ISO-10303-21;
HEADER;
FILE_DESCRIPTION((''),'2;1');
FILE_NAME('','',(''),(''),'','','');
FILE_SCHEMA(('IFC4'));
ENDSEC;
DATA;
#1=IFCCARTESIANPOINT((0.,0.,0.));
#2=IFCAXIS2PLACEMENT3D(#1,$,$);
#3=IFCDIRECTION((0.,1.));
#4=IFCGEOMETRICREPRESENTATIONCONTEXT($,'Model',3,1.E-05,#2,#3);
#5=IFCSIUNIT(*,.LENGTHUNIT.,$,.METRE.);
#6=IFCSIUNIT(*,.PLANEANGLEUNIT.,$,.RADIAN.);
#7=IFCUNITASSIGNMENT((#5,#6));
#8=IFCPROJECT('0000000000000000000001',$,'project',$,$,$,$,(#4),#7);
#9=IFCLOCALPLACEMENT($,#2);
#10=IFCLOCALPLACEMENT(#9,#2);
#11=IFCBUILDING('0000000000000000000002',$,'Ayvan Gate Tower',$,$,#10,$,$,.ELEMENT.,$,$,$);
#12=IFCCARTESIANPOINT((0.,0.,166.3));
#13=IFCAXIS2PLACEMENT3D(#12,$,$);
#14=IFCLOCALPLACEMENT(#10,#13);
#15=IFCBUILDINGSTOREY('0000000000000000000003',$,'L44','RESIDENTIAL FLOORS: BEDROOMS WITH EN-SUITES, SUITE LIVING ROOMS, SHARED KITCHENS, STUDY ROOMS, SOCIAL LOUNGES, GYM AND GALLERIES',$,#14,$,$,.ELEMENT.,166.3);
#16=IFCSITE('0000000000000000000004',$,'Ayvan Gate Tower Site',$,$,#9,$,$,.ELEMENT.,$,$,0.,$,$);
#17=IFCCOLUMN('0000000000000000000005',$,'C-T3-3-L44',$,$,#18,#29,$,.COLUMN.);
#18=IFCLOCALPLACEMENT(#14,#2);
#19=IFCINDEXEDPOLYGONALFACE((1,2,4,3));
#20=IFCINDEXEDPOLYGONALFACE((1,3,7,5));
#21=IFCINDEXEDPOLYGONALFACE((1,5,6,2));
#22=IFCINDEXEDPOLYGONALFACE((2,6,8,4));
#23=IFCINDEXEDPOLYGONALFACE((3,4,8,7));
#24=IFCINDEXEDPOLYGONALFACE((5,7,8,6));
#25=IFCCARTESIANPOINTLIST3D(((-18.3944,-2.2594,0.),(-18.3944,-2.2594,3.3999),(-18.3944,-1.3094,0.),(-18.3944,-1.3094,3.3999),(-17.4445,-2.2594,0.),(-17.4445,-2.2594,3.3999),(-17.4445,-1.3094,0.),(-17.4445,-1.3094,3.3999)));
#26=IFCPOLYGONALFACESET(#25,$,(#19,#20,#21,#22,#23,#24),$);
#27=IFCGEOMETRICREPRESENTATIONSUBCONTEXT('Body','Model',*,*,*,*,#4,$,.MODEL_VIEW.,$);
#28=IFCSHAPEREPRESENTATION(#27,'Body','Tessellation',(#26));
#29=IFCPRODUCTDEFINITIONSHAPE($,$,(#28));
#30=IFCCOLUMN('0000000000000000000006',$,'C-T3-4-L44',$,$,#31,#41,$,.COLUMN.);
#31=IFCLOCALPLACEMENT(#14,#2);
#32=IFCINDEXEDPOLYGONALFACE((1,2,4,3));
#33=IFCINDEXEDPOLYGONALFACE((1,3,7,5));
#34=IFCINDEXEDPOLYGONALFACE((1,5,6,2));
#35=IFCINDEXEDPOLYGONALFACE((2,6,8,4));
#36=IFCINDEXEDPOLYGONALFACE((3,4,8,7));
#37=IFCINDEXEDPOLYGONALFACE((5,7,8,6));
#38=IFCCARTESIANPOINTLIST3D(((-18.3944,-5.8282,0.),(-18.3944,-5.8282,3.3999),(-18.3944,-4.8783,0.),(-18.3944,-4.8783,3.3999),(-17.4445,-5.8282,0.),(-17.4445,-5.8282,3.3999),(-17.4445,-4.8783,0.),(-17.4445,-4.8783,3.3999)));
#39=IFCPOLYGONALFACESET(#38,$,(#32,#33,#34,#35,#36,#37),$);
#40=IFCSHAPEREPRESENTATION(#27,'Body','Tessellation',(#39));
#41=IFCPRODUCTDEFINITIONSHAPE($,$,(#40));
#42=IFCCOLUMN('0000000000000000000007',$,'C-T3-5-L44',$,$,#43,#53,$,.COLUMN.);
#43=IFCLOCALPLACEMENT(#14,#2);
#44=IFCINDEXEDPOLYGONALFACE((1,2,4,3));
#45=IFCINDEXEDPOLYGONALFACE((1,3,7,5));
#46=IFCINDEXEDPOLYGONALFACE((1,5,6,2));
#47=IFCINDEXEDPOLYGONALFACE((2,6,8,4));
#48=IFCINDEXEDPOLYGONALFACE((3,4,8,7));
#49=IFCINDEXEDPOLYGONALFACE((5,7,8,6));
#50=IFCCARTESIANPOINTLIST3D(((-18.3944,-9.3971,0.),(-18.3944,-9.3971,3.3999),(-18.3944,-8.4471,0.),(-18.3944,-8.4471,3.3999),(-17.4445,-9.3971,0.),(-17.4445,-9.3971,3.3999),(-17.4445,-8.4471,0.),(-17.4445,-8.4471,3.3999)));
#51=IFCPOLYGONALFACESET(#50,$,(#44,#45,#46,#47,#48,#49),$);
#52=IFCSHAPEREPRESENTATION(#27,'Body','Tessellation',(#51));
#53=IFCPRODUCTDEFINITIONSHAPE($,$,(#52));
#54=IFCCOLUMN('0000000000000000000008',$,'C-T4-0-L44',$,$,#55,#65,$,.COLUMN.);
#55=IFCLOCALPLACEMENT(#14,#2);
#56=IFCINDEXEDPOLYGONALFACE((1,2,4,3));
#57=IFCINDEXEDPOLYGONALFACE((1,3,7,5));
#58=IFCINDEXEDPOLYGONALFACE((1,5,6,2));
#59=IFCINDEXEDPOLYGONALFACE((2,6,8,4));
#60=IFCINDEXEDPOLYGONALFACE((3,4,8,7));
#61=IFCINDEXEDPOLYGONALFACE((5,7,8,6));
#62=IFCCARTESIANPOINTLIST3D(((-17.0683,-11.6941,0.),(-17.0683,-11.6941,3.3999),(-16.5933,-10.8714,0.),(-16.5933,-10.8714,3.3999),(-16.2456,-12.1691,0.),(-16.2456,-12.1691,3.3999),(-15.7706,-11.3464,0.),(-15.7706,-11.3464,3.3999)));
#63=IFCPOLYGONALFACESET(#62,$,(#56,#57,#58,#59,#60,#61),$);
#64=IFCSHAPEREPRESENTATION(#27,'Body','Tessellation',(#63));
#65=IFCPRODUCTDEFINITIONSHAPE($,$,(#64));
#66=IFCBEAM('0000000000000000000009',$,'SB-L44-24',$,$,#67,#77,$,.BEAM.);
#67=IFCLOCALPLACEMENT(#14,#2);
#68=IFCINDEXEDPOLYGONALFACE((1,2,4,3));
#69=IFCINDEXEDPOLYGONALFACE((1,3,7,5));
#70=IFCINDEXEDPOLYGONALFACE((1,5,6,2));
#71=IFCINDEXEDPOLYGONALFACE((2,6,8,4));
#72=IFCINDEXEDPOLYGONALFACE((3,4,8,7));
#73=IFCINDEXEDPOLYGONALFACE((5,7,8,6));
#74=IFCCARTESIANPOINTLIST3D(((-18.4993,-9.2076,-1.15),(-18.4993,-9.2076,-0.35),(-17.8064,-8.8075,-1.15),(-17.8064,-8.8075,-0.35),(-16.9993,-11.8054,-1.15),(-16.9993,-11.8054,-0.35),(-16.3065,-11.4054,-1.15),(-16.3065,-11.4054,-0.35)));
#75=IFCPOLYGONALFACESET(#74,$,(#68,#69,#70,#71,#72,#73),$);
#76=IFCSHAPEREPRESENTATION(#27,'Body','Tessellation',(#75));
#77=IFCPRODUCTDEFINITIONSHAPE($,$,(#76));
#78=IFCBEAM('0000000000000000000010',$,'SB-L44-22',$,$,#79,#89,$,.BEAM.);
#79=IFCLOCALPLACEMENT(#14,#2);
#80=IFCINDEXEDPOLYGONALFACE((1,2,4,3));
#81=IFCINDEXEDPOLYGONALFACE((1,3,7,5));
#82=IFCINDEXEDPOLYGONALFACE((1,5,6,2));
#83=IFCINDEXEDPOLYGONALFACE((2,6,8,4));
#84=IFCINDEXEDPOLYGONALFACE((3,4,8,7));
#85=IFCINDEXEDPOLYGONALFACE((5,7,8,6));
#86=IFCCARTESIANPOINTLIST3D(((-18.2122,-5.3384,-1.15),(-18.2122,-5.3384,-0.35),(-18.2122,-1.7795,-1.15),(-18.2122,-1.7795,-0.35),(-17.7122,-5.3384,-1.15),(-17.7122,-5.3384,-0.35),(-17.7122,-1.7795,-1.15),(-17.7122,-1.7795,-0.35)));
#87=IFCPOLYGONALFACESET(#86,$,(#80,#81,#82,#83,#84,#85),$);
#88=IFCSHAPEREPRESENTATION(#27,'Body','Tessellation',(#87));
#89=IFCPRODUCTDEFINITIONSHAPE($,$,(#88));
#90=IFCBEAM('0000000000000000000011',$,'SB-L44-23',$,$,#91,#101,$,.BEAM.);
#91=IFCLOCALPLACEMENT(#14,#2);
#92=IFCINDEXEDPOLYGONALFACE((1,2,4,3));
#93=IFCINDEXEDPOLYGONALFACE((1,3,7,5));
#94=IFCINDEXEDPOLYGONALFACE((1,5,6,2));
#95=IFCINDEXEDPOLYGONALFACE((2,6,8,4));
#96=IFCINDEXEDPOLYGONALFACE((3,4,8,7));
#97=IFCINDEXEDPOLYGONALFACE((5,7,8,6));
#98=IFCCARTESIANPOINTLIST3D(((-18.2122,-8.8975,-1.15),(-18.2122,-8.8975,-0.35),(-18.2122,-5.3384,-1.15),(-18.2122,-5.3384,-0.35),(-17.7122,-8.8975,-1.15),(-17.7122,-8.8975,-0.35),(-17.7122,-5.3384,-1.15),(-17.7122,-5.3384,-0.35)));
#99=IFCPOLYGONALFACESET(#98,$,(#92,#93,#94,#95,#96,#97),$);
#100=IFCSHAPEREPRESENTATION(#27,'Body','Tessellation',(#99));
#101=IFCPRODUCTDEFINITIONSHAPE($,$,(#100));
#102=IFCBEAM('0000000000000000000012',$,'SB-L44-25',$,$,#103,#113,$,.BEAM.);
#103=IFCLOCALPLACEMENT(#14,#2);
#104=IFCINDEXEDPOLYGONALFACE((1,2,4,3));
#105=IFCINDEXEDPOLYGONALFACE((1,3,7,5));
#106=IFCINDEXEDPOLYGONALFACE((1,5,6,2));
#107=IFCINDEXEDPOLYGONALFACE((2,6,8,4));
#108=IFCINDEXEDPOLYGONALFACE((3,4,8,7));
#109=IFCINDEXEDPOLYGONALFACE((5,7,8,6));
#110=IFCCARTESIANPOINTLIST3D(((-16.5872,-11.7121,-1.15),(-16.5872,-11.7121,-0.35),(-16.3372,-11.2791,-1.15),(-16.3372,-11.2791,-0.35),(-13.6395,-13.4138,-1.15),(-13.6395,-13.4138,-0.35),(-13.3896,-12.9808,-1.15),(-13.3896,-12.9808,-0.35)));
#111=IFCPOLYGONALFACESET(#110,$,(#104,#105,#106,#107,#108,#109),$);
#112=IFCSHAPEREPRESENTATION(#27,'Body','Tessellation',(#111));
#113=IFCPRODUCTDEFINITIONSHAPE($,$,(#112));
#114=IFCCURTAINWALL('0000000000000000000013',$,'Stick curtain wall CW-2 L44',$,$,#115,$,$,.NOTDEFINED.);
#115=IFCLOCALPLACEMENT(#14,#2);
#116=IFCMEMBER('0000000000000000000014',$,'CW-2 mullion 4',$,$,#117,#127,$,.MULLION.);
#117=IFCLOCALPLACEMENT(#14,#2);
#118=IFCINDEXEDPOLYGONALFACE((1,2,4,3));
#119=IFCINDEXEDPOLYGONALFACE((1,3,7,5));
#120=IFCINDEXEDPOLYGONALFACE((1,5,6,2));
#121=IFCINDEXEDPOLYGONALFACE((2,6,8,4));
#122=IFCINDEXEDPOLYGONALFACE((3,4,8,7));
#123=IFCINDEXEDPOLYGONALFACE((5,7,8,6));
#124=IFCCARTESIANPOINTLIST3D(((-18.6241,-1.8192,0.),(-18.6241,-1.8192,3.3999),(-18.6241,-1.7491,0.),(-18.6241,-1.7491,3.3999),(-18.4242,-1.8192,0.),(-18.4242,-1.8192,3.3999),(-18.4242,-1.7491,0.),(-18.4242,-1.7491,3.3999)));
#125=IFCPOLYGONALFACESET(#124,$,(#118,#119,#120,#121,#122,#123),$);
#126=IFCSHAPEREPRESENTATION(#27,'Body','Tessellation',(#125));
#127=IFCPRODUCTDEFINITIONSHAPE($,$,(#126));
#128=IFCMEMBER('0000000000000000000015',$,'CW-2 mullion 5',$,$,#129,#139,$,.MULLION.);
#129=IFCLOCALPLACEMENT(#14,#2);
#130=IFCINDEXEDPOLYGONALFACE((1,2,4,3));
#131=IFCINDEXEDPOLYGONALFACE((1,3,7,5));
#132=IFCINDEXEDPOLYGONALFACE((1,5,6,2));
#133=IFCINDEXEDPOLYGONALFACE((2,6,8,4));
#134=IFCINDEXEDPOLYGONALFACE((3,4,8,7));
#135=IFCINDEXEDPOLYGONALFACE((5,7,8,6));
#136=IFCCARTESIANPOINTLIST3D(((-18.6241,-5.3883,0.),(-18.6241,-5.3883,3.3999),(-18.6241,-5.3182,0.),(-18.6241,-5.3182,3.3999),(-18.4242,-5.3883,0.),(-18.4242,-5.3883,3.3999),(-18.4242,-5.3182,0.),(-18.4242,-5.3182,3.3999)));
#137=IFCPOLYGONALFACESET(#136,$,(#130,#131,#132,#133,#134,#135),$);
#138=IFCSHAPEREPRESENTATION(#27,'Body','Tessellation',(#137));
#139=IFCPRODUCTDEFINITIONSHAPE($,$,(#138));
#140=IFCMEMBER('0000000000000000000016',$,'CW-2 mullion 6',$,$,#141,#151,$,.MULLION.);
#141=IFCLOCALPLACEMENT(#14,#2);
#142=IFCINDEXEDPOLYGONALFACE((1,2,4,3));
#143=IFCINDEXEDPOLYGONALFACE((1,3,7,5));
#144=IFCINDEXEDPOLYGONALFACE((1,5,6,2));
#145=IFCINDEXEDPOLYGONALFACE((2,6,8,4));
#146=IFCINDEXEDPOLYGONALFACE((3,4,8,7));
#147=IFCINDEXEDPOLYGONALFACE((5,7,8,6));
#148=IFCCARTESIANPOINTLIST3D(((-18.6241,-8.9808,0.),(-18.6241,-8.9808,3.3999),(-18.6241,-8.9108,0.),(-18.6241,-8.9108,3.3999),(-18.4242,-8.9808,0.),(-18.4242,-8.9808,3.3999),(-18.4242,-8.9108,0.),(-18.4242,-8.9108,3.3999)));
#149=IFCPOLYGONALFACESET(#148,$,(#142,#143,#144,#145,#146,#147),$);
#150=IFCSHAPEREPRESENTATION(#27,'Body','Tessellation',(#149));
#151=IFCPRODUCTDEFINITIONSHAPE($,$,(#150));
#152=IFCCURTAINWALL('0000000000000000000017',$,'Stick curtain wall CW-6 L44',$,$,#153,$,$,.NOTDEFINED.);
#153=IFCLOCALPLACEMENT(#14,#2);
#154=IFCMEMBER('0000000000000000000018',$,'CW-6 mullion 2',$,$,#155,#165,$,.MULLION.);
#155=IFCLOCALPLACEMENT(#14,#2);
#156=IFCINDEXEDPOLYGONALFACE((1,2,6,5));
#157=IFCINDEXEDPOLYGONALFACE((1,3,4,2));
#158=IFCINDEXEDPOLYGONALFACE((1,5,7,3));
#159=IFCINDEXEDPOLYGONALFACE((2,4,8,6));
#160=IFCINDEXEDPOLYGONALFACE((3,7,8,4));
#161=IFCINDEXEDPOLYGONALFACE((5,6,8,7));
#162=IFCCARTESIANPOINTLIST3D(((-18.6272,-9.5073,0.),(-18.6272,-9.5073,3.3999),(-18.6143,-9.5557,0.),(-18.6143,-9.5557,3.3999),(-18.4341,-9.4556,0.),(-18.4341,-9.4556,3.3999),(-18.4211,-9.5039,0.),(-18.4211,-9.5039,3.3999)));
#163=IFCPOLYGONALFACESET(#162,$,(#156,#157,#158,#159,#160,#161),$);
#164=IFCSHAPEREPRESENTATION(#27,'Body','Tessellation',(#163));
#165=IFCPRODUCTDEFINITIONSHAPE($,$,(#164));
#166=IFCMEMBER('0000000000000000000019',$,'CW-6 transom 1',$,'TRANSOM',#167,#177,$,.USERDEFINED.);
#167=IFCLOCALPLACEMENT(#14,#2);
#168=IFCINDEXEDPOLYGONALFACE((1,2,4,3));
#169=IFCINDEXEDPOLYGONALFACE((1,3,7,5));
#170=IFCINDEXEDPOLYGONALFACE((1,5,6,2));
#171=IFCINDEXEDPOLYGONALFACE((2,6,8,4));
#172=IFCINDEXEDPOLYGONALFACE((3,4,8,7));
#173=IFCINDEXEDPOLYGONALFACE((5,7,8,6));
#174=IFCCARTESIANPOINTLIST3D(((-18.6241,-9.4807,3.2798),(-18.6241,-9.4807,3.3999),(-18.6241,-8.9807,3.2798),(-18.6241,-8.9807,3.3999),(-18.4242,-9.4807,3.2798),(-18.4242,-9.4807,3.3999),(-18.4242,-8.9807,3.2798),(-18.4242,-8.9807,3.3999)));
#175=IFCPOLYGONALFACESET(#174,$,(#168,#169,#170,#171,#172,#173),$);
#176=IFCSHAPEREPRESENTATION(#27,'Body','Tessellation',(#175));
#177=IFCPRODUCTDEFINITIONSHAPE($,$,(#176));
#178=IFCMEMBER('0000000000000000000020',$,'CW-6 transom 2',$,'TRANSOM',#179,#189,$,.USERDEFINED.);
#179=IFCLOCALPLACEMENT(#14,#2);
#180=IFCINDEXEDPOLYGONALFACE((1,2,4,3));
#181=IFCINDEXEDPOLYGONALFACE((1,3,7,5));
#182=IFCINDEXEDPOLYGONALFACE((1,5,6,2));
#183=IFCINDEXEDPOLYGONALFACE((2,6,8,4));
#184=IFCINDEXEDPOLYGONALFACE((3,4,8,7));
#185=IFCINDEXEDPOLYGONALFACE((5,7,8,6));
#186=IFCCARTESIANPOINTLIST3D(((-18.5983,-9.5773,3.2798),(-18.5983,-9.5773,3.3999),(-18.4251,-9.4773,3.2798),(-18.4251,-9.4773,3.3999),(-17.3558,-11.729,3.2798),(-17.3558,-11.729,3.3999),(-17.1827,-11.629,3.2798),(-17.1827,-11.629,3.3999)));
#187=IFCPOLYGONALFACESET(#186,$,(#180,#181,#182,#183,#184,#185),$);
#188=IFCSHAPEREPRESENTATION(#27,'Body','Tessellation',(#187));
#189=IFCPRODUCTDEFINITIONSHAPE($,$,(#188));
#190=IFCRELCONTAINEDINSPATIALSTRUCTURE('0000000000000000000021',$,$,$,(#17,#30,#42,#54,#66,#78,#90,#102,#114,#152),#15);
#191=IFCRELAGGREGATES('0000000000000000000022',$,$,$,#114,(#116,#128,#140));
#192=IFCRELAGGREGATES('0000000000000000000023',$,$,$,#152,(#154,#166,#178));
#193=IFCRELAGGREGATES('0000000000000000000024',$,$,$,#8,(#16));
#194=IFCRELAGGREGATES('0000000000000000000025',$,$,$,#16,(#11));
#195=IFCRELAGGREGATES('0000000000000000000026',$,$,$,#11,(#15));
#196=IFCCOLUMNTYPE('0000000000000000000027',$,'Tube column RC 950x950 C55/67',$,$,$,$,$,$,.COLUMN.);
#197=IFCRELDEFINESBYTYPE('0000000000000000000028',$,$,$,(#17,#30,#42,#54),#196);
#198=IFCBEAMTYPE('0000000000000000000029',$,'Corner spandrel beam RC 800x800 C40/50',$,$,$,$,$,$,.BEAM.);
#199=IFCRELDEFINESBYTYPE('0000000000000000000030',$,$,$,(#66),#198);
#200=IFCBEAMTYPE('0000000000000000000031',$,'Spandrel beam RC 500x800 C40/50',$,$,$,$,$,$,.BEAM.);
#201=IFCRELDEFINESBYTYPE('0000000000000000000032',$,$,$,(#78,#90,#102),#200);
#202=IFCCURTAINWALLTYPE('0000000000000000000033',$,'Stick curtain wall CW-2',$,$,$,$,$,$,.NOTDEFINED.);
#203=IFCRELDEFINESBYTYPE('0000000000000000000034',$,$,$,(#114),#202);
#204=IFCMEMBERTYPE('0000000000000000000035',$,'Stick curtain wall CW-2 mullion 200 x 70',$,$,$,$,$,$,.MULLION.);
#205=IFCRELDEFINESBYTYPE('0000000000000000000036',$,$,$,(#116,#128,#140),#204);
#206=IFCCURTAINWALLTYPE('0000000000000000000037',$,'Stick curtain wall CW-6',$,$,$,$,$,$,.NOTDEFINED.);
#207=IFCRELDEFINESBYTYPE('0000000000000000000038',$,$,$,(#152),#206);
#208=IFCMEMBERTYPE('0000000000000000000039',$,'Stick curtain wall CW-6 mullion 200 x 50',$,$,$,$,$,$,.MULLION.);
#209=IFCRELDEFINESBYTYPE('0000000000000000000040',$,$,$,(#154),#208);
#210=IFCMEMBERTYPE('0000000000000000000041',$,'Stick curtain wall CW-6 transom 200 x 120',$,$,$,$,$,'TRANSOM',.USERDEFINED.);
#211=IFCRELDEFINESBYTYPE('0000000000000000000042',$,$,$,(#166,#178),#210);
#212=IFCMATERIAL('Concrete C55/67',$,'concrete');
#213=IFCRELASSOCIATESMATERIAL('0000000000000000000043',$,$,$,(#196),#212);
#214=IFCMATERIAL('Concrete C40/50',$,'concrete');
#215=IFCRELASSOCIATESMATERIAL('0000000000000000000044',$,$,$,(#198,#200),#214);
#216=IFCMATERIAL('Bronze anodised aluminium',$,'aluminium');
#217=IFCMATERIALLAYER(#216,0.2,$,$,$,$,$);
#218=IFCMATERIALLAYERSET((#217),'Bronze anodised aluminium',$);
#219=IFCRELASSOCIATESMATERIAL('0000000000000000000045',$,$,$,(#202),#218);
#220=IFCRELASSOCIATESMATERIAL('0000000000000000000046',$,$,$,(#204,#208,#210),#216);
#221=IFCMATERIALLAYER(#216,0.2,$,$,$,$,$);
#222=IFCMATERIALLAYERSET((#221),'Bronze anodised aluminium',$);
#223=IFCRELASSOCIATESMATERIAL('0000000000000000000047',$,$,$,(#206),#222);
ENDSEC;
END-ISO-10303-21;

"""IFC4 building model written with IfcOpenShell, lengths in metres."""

from ifc_helpers import new_model, si_unit, direction, frame, origin, origin_2d, place, context, subcontext, project, spatial, rectangle, extrude, material, layer, layer_set, material_profile, profile_set, type_object, element, aggregate, save


model = new_model("IFC4")

# Units and contexts
model_context = context("Model", 3, precision=1e-05, world=origin(), true_north=direction((0.0, 1.0)))
body_context = subcontext(model_context, "Body", "Model", "MODEL_VIEW")
ifc_project = project(units=[si_unit("LENGTHUNIT", "METRE"), si_unit("PLANEANGLEUNIT", "RADIAN")], contexts=[model_context])

# Site, building, storey
site_placement = place(None, origin())
site = spatial("IfcSite", under=ifc_project, at=site_placement, Name="Ayvan Gate Tower Site", CompositionType="ELEMENT", RefElevation=0.0)
building_placement = place(site_placement, origin())
building = spatial("IfcBuilding", under=site, at=building_placement, Name="Ayvan Gate Tower", CompositionType="ELEMENT")
storey_placement = place(building_placement, frame((0.0, 0.0, 166.3)))
storey = spatial("IfcBuildingStorey", under=building, at=storey_placement, Name="L44", Description="RESIDENTIAL FLOORS: BEDROOMS WITH EN-SUITES, SUITE LIVING ROOMS, SHARED KITCHENS, STUDY ROOMS, SOCIAL LOUNGES, GYM AND GALLERIES", CompositionType="ELEMENT", Elevation=166.3)

# Columns
ifc_material_1 = material(Name="Concrete C55/67", Category="concrete")
ifc_material_profile_1 = material_profile(ifc_material_1, rectangle(XDim=0.95, YDim=0.95, at=origin_2d()), Name="RC 950x950")
ifc_profile_set_1 = profile_set([ifc_material_profile_1], Name="Concrete C55/67")
column_type = type_object("IfcColumnType", Name="Tube column RC 950x950 C55/67", PredefinedType="COLUMN", material=ifc_profile_set_1)
for number, where, z_axis, x_axis, name in (
    (1, (-17.9194, -1.7844, 0.0), (0.0, 0.0, 1.0), (-1.0, 0.0, 0.0), "C-T3-3-L44"),
    (2, (-17.9194, -5.3533, 0.0), (0.0, 0.0, 1.0), (-1.0, 0.0, 0.0), "C-T3-4-L44"),
    (3, (-17.9194, -8.9221, 0.0), (0.0, 0.0, 1.0), (-1.0, 0.0, 0.0), "C-T3-5-L44"),
    (4, (-16.4194, -11.5203, 0.0), (0.0, 0.0, 1.0), (-0.5, -0.866025, 0.0), "C-T4-0-L44"),
):
    element("IfcColumn", number, at=place(storey_placement, frame(where, z_axis=z_axis, x_axis=x_axis)), inside=storey, type_object=column_type, Name=name, PredefinedType="COLUMN", context=body_context, shape_type="SweptSolid", body=[
        extrude(rectangle(XDim=0.95, YDim=0.95, at=origin_2d()), origin(), (0.0, 0.0, 1.0), 3.3999),
    ])

# Beams
ifc_material_2 = material(Name="Concrete C40/50", Category="concrete")
ifc_material_profile_2 = material_profile(ifc_material_2, rectangle(XDim=0.8, YDim=0.8, at=origin_2d()), Name="RC 800x800")
ifc_profile_set_2 = profile_set([ifc_material_profile_2], Name="Concrete C40/50")
beam_type_1 = type_object("IfcBeamType", Name="Corner spandrel beam RC 800x800 C40/50", PredefinedType="BEAM", material=ifc_profile_set_2)
beam_1_placement = place(storey_placement, frame((-18.1528, -9.0076, -0.75), z_axis=(0.500025, -0.866011, 0.0), x_axis=(0.866011, 0.500025, 0.0)))
element("IfcBeam", 5, at=beam_1_placement, inside=storey, type_object=beam_type_1, Name="SB-L44-24", PredefinedType="BEAM", context=body_context, shape_type="SweptSolid", body=[
    extrude(rectangle(XDim=0.8, YDim=0.8, at=origin_2d()), origin(), (0.0, 0.0, 1.0), 2.9998),
])
ifc_material_profile_3 = material_profile(ifc_material_2, rectangle(XDim=0.5, YDim=0.8, at=origin_2d()), Name="RC 500x800")
ifc_profile_set_3 = profile_set([ifc_material_profile_3], Name="Concrete C40/50")
beam_type_2 = type_object("IfcBeamType", Name="Spandrel beam RC 500x800 C40/50", PredefinedType="BEAM", material=ifc_profile_set_3)
beam_2_placement = place(storey_placement, frame((-17.9622, -1.7795, -0.75), z_axis=(0.0, -1.0, 0.0), x_axis=(1.0, 0.0, 0.0)))
element("IfcBeam", 6, at=beam_2_placement, inside=storey, type_object=beam_type_2, Name="SB-L44-22", PredefinedType="BEAM", context=body_context, shape_type="SweptSolid", body=[
    extrude(rectangle(XDim=0.5, YDim=0.8, at=origin_2d()), origin(), (0.0, 0.0, 1.0), 3.5588),
])
beam_3_placement = place(storey_placement, frame((-17.9622, -5.3384, -0.75), z_axis=(0.0, -1.0, 0.0), x_axis=(1.0, 0.0, 0.0)))
element("IfcBeam", 7, at=beam_3_placement, inside=storey, type_object=beam_type_2, Name="SB-L44-23", PredefinedType="BEAM", context=body_context, shape_type="SweptSolid", body=[
    extrude(rectangle(XDim=0.5, YDim=0.8, at=origin_2d()), origin(), (0.0, 0.0, 1.0), 3.5591),
])
beam_4_placement = place(storey_placement, frame((-16.4622, -11.4956, -0.75), z_axis=(0.866036, -0.499981, 0.0), x_axis=(0.499981, 0.866036, 0.0)))
element("IfcBeam", 8, at=beam_4_placement, inside=storey, type_object=beam_type_2, Name="SB-L44-25", PredefinedType="BEAM", context=body_context, shape_type="SweptSolid", body=[
    extrude(rectangle(XDim=0.5, YDim=0.8, at=origin_2d()), origin(), (0.0, 0.0, 1.0), 3.4036),
])

# Curtain walls, members
ifc_material_3 = material(Name="Bronze anodised aluminium", Category="aluminium")
ifc_layer_1 = layer(ifc_material_3, 0.2)
ifc_layer_set_1 = layer_set([ifc_layer_1], Name="Bronze anodised aluminium")
curtain_wall_type_1 = type_object("IfcCurtainWallType", Name="Stick curtain wall CW-2", PredefinedType="NOTDEFINED", material=ifc_layer_set_1)
curtain_wall_1_placement = place(storey_placement, origin())
curtain_wall_1 = element("IfcCurtainWall", 9, at=curtain_wall_1_placement, inside=storey, type_object=curtain_wall_type_1, Name="Stick curtain wall CW-2 L44", PredefinedType="NOTDEFINED")
ifc_material_profile_4 = material_profile(ifc_material_3, rectangle(XDim=0.2, YDim=0.0701, at=origin_2d()), Name="Stick curtain wall CW-2 mullion 200 x 70")
ifc_profile_set_4 = profile_set([ifc_material_profile_4], Name="Bronze anodised aluminium")
member_type_1 = type_object("IfcMemberType", Name="Stick curtain wall CW-2 mullion 200 x 70", PredefinedType="MULLION", material=ifc_profile_set_4)
member_1_placement = place(storey_placement, frame((-18.5242, -1.7842, 0.0), z_axis=(0.0, 0.0, 1.0), x_axis=(-1.0, 0.0, 0.0)))
member_1 = element("IfcMember", 10, at=member_1_placement, type_object=member_type_1, Name="CW-2 mullion 4", PredefinedType="MULLION", context=body_context, shape_type="SweptSolid", body=[
    extrude(rectangle(XDim=0.2, YDim=0.0701, at=origin_2d()), origin(), (0.0, 0.0, 1.0), 3.3999),
])
member_2_placement = place(storey_placement, frame((-18.5242, -5.3533, 0.0), z_axis=(0.0, 0.0, 1.0), x_axis=(-1.0, 0.0, 0.0)))
member_2 = element("IfcMember", 11, at=member_2_placement, type_object=member_type_1, Name="CW-2 mullion 5", PredefinedType="MULLION", context=body_context, shape_type="SweptSolid", body=[
    extrude(rectangle(XDim=0.2, YDim=0.0701, at=origin_2d()), origin(), (0.0, 0.0, 1.0), 3.3999),
])
member_3_placement = place(storey_placement, frame((-18.5242, -8.9458, 0.0), z_axis=(0.0, 0.0, 1.0), x_axis=(-1.0, 0.0, 0.0)))
member_3 = element("IfcMember", 12, at=member_3_placement, type_object=member_type_1, Name="CW-2 mullion 6", PredefinedType="MULLION", context=body_context, shape_type="SweptSolid", body=[
    extrude(rectangle(XDim=0.2, YDim=0.0701, at=origin_2d()), origin(), (0.0, 0.0, 1.0), 3.3999),
])
ifc_layer_2 = layer(ifc_material_3, 0.2)
ifc_layer_set_2 = layer_set([ifc_layer_2], Name="Bronze anodised aluminium")
curtain_wall_type_2 = type_object("IfcCurtainWallType", Name="Stick curtain wall CW-6", PredefinedType="NOTDEFINED", material=ifc_layer_set_2)
curtain_wall_2_placement = place(storey_placement, origin())
curtain_wall_2 = element("IfcCurtainWall", 13, at=curtain_wall_2_placement, inside=storey, type_object=curtain_wall_type_2, Name="Stick curtain wall CW-6 L44", PredefinedType="NOTDEFINED")
ifc_material_profile_5 = material_profile(ifc_material_3, rectangle(XDim=0.2, YDim=0.05, at=origin_2d()), Name="Stick curtain wall CW-6 mullion 200 x 50")
ifc_profile_set_5 = profile_set([ifc_material_profile_5], Name="Bronze anodised aluminium")
member_type_2 = type_object("IfcMemberType", Name="Stick curtain wall CW-6 mullion 200 x 50", PredefinedType="MULLION", material=ifc_profile_set_5)
member_4_placement = place(storey_placement, frame((-18.5242, -9.5056, 0.0), z_axis=(0.0, 0.0, 1.0), x_axis=(-0.965926, -0.258819, 0.0)))
member_4 = element("IfcMember", 14, at=member_4_placement, type_object=member_type_2, Name="CW-6 mullion 2", PredefinedType="MULLION", context=body_context, shape_type="SweptSolid", body=[
    extrude(rectangle(XDim=0.2, YDim=0.05, at=origin_2d()), origin(), (0.0, 0.0, 1.0), 3.3999),
])
ifc_material_profile_6 = material_profile(ifc_material_3, rectangle(XDim=0.2, YDim=0.1201, at=origin_2d()), Name="Stick curtain wall CW-6 transom 200 x 120")
ifc_profile_set_6 = profile_set([ifc_material_profile_6], Name="Bronze anodised aluminium")
member_type_3 = type_object("IfcMemberType", Name="Stick curtain wall CW-6 transom 200 x 120", ElementType="TRANSOM", PredefinedType="USERDEFINED", material=ifc_profile_set_6)
member_5_placement = place(storey_placement, frame((-18.5242, -8.9807, 3.3398), z_axis=(0.0, -1.0, 0.0), x_axis=(1.0, 0.0, 0.0)))
member_5 = element("IfcMember", 15, at=member_5_placement, type_object=member_type_3, Name="CW-6 transom 1", ObjectType="TRANSOM", PredefinedType="USERDEFINED", context=body_context, shape_type="SweptSolid", body=[
    extrude(rectangle(XDim=0.2, YDim=0.1201, at=origin_2d()), origin(), (0.0, 0.0, 1.0), 0.5),
])
member_6_placement = place(storey_placement, frame((-18.5117, -9.5273, 3.3398), z_axis=(0.50006, -0.865991, 0.0), x_axis=(0.865991, 0.50006, 0.0)))
member_6 = element("IfcMember", 16, at=member_6_placement, type_object=member_type_3, Name="CW-6 transom 2", ObjectType="TRANSOM", PredefinedType="USERDEFINED", context=body_context, shape_type="SweptSolid", body=[
    extrude(rectangle(XDim=0.2, YDim=0.1201, at=origin_2d()), origin(), (0.0, 0.0, 1.0), 2.4846),
])

aggregate(curtain_wall_1, [member_1, member_2, member_3])
aggregate(curtain_wall_2, [member_4, member_5, member_6])

save(model, "model.ifc")
